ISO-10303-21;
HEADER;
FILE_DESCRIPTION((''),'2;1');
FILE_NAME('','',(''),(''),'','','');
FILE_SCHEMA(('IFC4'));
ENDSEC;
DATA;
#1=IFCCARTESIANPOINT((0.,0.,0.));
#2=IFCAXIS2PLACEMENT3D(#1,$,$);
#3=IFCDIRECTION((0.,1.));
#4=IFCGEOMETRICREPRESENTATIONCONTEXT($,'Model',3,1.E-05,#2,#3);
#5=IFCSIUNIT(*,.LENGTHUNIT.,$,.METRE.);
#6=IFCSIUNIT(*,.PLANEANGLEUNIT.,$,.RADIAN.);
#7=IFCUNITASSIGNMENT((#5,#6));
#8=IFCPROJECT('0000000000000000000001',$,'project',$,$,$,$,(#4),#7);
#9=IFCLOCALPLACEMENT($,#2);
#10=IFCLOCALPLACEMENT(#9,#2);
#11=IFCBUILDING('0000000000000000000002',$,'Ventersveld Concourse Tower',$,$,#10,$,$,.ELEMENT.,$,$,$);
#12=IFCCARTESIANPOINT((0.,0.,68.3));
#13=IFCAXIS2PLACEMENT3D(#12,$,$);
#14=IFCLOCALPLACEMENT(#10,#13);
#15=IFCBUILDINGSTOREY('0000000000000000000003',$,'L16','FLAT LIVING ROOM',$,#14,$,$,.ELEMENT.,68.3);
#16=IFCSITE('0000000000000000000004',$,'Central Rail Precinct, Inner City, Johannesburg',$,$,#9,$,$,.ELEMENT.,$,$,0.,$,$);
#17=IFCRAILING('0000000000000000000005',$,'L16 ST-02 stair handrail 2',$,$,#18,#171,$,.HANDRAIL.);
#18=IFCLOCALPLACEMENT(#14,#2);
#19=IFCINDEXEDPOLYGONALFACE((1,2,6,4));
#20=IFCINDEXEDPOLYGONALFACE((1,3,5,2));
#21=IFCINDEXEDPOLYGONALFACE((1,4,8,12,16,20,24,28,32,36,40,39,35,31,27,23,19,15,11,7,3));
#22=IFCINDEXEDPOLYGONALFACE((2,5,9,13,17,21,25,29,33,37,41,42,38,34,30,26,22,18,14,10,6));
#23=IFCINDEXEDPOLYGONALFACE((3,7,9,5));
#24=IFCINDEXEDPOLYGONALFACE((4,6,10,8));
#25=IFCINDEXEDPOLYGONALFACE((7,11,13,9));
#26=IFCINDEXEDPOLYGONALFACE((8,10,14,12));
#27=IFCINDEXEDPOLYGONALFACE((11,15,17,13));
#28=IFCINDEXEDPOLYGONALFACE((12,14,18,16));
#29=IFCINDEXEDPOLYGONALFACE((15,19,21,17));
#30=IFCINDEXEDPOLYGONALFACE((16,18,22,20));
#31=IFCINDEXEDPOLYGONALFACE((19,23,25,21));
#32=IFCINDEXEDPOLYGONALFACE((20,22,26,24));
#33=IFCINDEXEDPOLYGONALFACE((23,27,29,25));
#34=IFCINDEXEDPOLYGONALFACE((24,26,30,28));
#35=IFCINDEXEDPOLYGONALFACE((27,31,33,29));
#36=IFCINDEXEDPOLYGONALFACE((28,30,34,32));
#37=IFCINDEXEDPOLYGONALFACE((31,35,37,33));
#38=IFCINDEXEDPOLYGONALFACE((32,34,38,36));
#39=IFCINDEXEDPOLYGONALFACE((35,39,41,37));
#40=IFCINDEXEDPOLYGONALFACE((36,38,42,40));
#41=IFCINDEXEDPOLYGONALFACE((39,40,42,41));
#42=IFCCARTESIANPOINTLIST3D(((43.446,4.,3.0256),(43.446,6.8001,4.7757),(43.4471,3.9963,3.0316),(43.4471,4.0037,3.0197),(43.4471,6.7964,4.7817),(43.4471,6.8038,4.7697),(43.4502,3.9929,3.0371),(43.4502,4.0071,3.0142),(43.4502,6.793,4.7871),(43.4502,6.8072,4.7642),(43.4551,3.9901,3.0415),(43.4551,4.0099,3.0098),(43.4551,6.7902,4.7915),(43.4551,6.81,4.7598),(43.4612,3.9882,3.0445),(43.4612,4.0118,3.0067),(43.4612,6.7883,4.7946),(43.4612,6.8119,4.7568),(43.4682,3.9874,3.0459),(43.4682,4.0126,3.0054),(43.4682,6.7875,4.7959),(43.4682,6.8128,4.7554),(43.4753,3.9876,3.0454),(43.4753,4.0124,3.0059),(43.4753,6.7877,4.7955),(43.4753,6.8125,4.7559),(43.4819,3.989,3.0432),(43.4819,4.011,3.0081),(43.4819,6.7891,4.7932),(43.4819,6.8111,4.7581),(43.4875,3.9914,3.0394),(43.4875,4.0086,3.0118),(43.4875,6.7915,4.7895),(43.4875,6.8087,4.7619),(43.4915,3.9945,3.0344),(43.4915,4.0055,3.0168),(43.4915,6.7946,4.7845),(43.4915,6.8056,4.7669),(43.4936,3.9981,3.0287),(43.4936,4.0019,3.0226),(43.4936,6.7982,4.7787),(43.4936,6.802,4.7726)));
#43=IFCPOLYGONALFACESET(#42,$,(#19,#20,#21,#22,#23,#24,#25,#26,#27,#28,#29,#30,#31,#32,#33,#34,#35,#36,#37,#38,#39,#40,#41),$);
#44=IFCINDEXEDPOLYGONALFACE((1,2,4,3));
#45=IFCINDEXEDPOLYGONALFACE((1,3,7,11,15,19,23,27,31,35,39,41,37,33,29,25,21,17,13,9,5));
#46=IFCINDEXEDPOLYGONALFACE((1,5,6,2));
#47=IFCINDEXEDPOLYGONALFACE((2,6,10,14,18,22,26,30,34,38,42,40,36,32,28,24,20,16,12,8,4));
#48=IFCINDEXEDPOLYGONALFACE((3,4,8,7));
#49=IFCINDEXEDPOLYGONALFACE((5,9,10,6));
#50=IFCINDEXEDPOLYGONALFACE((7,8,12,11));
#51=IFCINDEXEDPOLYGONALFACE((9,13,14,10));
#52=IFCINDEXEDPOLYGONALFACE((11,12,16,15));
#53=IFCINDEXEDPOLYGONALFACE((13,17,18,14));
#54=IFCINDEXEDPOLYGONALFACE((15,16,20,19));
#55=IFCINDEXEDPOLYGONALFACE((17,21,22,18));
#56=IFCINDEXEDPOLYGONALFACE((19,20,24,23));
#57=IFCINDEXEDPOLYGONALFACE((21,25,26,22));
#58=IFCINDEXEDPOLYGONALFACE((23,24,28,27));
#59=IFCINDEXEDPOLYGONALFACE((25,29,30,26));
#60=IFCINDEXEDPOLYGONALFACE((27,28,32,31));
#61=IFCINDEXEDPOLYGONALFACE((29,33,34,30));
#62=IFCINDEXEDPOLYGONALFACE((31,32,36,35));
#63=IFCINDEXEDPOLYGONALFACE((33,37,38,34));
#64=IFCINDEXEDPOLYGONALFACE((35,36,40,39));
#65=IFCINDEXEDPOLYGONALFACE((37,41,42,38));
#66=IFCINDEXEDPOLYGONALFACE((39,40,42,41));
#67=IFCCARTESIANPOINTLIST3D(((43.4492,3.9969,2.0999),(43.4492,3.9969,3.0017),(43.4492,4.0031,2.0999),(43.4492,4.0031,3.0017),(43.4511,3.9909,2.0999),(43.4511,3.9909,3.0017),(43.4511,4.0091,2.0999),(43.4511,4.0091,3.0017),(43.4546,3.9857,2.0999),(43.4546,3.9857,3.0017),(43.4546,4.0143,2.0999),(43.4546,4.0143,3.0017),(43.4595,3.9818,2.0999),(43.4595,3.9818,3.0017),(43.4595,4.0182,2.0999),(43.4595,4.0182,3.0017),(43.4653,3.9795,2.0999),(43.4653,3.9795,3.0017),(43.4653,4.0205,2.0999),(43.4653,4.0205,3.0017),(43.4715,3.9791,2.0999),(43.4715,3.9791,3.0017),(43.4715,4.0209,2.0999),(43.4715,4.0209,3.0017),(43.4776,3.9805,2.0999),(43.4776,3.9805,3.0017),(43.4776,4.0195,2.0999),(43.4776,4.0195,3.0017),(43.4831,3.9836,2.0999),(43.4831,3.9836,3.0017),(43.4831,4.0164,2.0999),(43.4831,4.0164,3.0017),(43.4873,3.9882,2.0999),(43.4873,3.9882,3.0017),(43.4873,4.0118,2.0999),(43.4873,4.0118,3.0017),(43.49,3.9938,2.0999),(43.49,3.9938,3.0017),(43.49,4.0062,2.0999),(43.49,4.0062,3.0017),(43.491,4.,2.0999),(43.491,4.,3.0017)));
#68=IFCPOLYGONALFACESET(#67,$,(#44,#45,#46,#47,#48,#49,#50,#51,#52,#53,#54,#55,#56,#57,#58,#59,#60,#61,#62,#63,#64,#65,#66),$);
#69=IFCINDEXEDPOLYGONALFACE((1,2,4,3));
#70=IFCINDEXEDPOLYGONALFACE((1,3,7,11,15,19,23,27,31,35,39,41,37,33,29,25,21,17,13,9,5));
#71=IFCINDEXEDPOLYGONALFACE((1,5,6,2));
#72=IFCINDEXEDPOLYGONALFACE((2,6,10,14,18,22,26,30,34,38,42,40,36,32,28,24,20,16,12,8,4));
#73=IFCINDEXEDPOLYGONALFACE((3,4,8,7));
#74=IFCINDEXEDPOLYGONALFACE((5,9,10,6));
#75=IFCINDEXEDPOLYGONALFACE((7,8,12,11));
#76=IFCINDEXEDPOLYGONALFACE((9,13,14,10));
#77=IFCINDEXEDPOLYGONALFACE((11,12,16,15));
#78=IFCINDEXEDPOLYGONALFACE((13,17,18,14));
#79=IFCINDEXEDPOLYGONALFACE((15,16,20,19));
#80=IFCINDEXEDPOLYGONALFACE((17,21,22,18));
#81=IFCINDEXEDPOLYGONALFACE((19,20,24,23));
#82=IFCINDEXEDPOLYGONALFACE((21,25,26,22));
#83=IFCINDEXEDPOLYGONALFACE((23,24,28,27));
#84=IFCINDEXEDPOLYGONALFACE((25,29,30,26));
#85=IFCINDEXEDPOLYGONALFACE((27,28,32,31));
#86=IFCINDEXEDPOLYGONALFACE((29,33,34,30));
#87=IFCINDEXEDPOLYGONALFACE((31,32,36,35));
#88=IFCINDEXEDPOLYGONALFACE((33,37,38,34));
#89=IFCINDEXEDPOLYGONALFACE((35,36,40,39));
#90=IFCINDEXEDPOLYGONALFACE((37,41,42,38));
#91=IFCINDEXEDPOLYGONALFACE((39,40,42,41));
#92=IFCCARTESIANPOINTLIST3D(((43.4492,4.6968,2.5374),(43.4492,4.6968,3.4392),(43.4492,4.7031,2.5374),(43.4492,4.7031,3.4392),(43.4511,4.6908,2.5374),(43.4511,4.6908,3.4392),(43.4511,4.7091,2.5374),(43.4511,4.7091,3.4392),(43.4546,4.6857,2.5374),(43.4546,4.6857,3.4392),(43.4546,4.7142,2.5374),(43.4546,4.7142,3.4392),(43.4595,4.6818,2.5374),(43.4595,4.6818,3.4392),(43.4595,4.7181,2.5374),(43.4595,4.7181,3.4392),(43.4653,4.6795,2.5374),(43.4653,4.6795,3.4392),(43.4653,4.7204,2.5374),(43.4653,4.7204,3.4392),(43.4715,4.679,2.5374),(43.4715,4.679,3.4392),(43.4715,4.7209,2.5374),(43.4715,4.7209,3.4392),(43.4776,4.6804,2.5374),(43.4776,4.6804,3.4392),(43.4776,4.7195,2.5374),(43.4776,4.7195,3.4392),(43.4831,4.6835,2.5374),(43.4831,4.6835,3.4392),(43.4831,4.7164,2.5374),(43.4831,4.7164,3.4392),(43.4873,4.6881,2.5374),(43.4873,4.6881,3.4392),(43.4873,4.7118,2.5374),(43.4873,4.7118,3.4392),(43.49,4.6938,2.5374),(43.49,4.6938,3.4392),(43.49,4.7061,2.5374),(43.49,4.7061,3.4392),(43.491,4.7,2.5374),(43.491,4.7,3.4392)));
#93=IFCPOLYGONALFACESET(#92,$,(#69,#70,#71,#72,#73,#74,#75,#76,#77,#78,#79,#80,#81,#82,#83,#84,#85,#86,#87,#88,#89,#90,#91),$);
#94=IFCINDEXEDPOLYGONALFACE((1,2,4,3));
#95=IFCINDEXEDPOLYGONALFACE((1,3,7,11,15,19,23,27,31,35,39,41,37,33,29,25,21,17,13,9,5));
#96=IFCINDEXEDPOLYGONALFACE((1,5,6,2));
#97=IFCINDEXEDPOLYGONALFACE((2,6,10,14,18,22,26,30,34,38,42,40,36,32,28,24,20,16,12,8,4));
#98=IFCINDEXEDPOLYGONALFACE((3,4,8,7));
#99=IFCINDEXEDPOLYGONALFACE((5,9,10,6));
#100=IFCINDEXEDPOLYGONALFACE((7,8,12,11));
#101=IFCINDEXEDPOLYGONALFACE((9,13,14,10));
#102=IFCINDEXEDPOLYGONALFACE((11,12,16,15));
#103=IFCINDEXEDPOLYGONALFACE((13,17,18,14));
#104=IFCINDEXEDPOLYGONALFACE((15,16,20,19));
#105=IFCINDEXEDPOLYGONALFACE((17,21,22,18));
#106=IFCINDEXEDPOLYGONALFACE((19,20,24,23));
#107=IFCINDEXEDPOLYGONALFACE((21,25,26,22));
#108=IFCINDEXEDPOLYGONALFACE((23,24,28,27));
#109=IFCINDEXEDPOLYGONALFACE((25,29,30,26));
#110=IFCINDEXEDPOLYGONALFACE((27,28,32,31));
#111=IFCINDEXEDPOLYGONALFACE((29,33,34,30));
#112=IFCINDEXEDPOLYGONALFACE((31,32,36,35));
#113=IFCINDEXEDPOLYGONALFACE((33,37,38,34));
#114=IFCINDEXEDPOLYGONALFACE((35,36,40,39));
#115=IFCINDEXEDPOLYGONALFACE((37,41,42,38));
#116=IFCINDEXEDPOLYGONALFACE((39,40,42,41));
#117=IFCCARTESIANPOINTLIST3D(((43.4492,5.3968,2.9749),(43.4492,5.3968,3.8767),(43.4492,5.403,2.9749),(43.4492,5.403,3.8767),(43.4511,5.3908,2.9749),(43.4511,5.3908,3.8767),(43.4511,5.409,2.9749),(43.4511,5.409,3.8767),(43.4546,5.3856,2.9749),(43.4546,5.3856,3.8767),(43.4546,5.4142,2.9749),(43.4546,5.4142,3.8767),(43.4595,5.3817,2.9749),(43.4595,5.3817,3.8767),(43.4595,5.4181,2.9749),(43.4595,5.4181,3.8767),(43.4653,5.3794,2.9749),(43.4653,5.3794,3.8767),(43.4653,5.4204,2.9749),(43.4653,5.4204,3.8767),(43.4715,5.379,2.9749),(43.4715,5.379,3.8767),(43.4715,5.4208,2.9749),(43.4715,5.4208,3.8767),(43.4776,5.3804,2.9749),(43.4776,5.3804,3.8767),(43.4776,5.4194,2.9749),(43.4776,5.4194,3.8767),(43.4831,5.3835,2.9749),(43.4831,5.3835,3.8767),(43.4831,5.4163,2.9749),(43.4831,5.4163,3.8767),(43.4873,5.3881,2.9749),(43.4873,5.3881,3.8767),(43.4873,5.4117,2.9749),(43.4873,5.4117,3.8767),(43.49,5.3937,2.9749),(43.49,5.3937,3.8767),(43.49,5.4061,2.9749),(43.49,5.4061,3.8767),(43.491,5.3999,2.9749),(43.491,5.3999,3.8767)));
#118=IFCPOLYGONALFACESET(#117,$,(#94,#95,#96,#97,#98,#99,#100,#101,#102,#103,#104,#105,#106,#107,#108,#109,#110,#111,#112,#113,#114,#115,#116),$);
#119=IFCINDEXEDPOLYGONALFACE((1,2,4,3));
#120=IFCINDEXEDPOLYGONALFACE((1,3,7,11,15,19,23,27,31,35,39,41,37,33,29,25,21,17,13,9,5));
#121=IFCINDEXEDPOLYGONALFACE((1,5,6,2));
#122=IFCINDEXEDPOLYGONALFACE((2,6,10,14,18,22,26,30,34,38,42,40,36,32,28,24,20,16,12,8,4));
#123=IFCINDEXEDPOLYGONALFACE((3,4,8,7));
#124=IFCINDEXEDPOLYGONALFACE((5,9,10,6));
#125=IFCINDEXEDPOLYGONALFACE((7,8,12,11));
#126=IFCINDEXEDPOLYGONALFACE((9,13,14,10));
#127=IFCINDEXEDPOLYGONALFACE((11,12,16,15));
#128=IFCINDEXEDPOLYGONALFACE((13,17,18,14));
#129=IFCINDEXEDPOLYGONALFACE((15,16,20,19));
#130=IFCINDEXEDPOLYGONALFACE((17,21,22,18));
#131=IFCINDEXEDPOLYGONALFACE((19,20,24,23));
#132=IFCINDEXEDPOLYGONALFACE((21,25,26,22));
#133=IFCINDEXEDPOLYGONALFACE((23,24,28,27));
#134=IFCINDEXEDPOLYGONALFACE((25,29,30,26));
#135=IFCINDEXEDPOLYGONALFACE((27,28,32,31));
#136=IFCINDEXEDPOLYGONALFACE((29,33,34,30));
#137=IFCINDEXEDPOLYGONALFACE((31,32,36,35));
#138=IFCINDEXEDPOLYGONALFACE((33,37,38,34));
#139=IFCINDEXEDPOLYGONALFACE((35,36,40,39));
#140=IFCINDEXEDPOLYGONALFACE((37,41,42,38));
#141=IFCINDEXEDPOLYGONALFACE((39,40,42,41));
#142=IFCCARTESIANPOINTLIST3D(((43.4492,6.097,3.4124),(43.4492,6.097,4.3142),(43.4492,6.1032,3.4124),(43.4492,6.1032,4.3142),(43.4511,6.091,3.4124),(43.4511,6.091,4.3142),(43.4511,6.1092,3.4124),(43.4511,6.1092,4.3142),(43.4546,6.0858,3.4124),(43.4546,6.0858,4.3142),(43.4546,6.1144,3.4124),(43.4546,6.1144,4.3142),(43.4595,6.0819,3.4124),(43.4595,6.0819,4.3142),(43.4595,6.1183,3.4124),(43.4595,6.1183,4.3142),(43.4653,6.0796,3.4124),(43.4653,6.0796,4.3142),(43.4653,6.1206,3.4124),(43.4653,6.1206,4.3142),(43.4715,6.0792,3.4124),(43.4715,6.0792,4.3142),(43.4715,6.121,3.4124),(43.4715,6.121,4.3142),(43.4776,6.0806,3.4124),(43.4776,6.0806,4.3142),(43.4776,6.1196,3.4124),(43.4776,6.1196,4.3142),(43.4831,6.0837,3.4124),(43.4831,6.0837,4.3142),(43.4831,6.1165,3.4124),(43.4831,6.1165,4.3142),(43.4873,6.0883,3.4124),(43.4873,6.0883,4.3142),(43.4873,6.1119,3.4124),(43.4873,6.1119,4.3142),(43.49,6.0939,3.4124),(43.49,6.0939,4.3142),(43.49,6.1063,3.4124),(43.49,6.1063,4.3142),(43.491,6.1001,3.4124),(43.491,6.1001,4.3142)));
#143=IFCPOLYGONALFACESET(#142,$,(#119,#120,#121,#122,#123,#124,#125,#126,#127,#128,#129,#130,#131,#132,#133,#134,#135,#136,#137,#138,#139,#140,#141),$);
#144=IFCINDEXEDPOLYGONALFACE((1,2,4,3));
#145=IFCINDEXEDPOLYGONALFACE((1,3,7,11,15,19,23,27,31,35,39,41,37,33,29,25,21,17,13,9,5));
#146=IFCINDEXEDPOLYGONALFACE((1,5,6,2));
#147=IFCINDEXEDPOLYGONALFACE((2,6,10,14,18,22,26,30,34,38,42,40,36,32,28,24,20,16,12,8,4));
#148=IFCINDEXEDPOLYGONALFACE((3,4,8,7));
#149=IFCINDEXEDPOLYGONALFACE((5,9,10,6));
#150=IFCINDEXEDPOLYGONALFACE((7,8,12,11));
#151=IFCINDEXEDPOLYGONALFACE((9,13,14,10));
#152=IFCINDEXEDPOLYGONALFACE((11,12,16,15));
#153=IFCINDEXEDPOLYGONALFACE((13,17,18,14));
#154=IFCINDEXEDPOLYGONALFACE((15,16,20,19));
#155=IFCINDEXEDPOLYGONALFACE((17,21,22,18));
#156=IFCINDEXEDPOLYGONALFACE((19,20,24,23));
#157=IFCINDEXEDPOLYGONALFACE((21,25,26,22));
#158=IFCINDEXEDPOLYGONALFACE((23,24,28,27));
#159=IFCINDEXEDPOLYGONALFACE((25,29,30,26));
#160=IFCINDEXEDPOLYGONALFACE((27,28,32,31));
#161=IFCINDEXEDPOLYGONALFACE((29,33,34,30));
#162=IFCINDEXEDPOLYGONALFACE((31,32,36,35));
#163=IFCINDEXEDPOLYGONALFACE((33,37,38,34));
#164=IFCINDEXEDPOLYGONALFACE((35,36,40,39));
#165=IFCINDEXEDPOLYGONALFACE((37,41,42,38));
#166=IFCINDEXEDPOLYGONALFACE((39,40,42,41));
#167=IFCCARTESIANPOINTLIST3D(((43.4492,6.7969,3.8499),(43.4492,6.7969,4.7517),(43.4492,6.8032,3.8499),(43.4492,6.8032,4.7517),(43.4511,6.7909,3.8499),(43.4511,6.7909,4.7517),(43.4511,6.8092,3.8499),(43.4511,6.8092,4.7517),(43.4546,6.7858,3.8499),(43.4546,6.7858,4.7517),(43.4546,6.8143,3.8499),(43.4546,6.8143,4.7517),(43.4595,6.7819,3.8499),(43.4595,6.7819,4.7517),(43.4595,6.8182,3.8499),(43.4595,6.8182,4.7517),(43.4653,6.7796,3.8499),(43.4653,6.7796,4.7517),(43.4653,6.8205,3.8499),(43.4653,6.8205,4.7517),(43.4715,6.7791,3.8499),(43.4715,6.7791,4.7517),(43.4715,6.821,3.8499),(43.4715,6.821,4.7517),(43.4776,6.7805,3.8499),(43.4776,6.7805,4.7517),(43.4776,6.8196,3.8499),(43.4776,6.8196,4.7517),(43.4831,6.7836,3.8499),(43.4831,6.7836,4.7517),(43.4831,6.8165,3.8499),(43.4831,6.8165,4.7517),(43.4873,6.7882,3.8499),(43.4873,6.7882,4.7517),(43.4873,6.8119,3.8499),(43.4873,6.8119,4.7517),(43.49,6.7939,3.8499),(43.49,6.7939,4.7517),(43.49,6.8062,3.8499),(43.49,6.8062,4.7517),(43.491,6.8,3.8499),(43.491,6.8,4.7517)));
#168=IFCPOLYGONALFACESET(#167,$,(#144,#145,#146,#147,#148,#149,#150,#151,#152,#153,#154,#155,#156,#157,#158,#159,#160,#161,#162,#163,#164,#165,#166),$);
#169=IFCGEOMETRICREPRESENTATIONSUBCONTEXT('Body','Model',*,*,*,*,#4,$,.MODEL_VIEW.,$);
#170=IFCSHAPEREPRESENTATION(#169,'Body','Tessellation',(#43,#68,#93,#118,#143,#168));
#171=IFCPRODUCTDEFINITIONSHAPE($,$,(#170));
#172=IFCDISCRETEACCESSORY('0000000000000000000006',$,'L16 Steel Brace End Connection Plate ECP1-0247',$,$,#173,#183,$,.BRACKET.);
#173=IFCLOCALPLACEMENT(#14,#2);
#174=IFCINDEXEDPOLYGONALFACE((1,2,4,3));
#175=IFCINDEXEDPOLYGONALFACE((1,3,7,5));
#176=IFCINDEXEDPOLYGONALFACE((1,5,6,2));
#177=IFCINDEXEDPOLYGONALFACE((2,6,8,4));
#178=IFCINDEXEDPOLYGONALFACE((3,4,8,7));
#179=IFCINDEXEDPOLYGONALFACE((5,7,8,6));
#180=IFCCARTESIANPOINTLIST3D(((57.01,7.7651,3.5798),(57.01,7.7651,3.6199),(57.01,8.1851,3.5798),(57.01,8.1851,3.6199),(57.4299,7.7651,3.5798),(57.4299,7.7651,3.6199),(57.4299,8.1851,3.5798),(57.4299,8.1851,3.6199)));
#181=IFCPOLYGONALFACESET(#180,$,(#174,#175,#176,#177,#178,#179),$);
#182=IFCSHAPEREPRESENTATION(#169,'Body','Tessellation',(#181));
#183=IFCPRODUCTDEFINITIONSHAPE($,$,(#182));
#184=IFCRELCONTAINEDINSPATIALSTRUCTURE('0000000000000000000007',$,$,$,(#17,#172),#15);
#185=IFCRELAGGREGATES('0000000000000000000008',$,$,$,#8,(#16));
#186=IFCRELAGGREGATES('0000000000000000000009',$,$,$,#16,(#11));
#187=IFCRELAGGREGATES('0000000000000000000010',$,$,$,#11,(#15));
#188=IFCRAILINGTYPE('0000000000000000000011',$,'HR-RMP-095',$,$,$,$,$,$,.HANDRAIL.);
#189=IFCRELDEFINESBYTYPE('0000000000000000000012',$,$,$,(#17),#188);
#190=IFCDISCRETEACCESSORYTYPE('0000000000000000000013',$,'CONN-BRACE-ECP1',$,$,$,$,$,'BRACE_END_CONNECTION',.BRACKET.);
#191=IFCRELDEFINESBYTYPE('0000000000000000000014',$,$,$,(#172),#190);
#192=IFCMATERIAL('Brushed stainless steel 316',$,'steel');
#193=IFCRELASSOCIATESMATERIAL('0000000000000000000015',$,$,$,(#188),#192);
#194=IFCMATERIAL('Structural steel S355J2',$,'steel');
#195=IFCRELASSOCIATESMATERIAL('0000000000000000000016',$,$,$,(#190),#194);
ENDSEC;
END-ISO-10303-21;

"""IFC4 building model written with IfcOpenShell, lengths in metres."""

from ifc_helpers import new_model, si_unit, direction, frame, origin, origin_2d, place, context, subcontext, project, spatial, rectangle, circle, extrude, material, type_object, element, save


model = new_model("IFC4")

# Units and contexts
model_context = context("Model", 3, precision=1e-05, world=origin(), true_north=direction((0.0, 1.0)))
body_context = subcontext(model_context, "Body", "Model", "MODEL_VIEW")
ifc_project = project(units=[si_unit("LENGTHUNIT", "METRE"), si_unit("PLANEANGLEUNIT", "RADIAN")], contexts=[model_context])

# Site, building, storey
site_placement = place(None, origin())
site = spatial("IfcSite", under=ifc_project, at=site_placement, Name="Central Rail Precinct, Inner City, Johannesburg", CompositionType="ELEMENT", RefElevation=0.0)
building_placement = place(site_placement, origin())
building = spatial("IfcBuilding", under=site, at=building_placement, Name="Ventersveld Concourse Tower", CompositionType="ELEMENT")
storey_placement = place(building_placement, frame((0.0, 0.0, 68.3)))
storey = spatial("IfcBuildingStorey", under=building, at=storey_placement, Name="L16", Description="FLAT LIVING ROOM", CompositionType="ELEMENT", Elevation=68.3)

# Shared definitions
ifc_material_1 = material(Name="Structural steel S355J2", Category="steel")

# Railing
ifc_material_2 = material(Name="Brushed stainless steel 316", Category="steel")
railing_type = type_object("IfcRailingType", Name="HR-RMP-095", PredefinedType="HANDRAIL", material=ifc_material_2)
railing_placement = place(storey_placement, frame((43.47, 4.0, 2.0999)))
element("IfcRailing", 1, at=railing_placement, inside=storey, type_object=railing_type, Name="L16 ST-02 stair handrail 2", PredefinedType="HANDRAIL", context=body_context, shape_type="SweptSolid", body=[
    extrude(circle(Radius=0.0239, at=origin_2d()), frame((0.0, 0.0, 0.9258), z_axis=(0.0, 0.848002, 0.529992), x_axis=(-1.0, 0.0, 0.0)), (0.0, 0.0, 1.0), 3.302),
    extrude(circle(Radius=0.021, at=origin_2d()), origin(), (0.0, 0.0, 1.0), 0.9019),
    extrude(circle(Radius=0.021, at=origin_2d()), frame((0.0, 0.7, 0.4375)), (0.0, 0.0, 1.0), 0.9019),
    extrude(circle(Radius=0.021, at=origin_2d()), frame((0.0, 1.3999, 0.875)), (0.0, 0.0, 1.0), 0.9019),
    extrude(circle(Radius=0.021, at=origin_2d()), frame((0.0, 2.1001, 1.3125)), (0.0, 0.0, 1.0), 0.9019),
    extrude(circle(Radius=0.021, at=origin_2d()), frame((0.0, 2.8, 1.75)), (0.0, 0.0, 1.0), 0.9019),
])

# Discrete accessory
discrete_accessory_type = type_object("IfcDiscreteAccessoryType", Name="CONN-BRACE-ECP1", ElementType="BRACE_END_CONNECTION", PredefinedType="BRACKET", material=ifc_material_1)
discrete_accessory_placement = place(storey_placement, frame((57.22, 7.9751, 3.5798), z_axis=(0.0, 0.0, 1.0), x_axis=(1.0, 0.0, 0.0)))
element("IfcDiscreteAccessory", 2, at=discrete_accessory_placement, inside=storey, type_object=discrete_accessory_type, Name="L16 Steel Brace End Connection Plate ECP1-0247", PredefinedType="BRACKET", context=body_context, shape_type="SweptSolid", body=[
    extrude(rectangle(XDim=0.4199, YDim=0.4199, at=origin_2d()), origin(), (0.0, 0.0, 1.0), 0.04),
])

save(model, "model.ifc")
